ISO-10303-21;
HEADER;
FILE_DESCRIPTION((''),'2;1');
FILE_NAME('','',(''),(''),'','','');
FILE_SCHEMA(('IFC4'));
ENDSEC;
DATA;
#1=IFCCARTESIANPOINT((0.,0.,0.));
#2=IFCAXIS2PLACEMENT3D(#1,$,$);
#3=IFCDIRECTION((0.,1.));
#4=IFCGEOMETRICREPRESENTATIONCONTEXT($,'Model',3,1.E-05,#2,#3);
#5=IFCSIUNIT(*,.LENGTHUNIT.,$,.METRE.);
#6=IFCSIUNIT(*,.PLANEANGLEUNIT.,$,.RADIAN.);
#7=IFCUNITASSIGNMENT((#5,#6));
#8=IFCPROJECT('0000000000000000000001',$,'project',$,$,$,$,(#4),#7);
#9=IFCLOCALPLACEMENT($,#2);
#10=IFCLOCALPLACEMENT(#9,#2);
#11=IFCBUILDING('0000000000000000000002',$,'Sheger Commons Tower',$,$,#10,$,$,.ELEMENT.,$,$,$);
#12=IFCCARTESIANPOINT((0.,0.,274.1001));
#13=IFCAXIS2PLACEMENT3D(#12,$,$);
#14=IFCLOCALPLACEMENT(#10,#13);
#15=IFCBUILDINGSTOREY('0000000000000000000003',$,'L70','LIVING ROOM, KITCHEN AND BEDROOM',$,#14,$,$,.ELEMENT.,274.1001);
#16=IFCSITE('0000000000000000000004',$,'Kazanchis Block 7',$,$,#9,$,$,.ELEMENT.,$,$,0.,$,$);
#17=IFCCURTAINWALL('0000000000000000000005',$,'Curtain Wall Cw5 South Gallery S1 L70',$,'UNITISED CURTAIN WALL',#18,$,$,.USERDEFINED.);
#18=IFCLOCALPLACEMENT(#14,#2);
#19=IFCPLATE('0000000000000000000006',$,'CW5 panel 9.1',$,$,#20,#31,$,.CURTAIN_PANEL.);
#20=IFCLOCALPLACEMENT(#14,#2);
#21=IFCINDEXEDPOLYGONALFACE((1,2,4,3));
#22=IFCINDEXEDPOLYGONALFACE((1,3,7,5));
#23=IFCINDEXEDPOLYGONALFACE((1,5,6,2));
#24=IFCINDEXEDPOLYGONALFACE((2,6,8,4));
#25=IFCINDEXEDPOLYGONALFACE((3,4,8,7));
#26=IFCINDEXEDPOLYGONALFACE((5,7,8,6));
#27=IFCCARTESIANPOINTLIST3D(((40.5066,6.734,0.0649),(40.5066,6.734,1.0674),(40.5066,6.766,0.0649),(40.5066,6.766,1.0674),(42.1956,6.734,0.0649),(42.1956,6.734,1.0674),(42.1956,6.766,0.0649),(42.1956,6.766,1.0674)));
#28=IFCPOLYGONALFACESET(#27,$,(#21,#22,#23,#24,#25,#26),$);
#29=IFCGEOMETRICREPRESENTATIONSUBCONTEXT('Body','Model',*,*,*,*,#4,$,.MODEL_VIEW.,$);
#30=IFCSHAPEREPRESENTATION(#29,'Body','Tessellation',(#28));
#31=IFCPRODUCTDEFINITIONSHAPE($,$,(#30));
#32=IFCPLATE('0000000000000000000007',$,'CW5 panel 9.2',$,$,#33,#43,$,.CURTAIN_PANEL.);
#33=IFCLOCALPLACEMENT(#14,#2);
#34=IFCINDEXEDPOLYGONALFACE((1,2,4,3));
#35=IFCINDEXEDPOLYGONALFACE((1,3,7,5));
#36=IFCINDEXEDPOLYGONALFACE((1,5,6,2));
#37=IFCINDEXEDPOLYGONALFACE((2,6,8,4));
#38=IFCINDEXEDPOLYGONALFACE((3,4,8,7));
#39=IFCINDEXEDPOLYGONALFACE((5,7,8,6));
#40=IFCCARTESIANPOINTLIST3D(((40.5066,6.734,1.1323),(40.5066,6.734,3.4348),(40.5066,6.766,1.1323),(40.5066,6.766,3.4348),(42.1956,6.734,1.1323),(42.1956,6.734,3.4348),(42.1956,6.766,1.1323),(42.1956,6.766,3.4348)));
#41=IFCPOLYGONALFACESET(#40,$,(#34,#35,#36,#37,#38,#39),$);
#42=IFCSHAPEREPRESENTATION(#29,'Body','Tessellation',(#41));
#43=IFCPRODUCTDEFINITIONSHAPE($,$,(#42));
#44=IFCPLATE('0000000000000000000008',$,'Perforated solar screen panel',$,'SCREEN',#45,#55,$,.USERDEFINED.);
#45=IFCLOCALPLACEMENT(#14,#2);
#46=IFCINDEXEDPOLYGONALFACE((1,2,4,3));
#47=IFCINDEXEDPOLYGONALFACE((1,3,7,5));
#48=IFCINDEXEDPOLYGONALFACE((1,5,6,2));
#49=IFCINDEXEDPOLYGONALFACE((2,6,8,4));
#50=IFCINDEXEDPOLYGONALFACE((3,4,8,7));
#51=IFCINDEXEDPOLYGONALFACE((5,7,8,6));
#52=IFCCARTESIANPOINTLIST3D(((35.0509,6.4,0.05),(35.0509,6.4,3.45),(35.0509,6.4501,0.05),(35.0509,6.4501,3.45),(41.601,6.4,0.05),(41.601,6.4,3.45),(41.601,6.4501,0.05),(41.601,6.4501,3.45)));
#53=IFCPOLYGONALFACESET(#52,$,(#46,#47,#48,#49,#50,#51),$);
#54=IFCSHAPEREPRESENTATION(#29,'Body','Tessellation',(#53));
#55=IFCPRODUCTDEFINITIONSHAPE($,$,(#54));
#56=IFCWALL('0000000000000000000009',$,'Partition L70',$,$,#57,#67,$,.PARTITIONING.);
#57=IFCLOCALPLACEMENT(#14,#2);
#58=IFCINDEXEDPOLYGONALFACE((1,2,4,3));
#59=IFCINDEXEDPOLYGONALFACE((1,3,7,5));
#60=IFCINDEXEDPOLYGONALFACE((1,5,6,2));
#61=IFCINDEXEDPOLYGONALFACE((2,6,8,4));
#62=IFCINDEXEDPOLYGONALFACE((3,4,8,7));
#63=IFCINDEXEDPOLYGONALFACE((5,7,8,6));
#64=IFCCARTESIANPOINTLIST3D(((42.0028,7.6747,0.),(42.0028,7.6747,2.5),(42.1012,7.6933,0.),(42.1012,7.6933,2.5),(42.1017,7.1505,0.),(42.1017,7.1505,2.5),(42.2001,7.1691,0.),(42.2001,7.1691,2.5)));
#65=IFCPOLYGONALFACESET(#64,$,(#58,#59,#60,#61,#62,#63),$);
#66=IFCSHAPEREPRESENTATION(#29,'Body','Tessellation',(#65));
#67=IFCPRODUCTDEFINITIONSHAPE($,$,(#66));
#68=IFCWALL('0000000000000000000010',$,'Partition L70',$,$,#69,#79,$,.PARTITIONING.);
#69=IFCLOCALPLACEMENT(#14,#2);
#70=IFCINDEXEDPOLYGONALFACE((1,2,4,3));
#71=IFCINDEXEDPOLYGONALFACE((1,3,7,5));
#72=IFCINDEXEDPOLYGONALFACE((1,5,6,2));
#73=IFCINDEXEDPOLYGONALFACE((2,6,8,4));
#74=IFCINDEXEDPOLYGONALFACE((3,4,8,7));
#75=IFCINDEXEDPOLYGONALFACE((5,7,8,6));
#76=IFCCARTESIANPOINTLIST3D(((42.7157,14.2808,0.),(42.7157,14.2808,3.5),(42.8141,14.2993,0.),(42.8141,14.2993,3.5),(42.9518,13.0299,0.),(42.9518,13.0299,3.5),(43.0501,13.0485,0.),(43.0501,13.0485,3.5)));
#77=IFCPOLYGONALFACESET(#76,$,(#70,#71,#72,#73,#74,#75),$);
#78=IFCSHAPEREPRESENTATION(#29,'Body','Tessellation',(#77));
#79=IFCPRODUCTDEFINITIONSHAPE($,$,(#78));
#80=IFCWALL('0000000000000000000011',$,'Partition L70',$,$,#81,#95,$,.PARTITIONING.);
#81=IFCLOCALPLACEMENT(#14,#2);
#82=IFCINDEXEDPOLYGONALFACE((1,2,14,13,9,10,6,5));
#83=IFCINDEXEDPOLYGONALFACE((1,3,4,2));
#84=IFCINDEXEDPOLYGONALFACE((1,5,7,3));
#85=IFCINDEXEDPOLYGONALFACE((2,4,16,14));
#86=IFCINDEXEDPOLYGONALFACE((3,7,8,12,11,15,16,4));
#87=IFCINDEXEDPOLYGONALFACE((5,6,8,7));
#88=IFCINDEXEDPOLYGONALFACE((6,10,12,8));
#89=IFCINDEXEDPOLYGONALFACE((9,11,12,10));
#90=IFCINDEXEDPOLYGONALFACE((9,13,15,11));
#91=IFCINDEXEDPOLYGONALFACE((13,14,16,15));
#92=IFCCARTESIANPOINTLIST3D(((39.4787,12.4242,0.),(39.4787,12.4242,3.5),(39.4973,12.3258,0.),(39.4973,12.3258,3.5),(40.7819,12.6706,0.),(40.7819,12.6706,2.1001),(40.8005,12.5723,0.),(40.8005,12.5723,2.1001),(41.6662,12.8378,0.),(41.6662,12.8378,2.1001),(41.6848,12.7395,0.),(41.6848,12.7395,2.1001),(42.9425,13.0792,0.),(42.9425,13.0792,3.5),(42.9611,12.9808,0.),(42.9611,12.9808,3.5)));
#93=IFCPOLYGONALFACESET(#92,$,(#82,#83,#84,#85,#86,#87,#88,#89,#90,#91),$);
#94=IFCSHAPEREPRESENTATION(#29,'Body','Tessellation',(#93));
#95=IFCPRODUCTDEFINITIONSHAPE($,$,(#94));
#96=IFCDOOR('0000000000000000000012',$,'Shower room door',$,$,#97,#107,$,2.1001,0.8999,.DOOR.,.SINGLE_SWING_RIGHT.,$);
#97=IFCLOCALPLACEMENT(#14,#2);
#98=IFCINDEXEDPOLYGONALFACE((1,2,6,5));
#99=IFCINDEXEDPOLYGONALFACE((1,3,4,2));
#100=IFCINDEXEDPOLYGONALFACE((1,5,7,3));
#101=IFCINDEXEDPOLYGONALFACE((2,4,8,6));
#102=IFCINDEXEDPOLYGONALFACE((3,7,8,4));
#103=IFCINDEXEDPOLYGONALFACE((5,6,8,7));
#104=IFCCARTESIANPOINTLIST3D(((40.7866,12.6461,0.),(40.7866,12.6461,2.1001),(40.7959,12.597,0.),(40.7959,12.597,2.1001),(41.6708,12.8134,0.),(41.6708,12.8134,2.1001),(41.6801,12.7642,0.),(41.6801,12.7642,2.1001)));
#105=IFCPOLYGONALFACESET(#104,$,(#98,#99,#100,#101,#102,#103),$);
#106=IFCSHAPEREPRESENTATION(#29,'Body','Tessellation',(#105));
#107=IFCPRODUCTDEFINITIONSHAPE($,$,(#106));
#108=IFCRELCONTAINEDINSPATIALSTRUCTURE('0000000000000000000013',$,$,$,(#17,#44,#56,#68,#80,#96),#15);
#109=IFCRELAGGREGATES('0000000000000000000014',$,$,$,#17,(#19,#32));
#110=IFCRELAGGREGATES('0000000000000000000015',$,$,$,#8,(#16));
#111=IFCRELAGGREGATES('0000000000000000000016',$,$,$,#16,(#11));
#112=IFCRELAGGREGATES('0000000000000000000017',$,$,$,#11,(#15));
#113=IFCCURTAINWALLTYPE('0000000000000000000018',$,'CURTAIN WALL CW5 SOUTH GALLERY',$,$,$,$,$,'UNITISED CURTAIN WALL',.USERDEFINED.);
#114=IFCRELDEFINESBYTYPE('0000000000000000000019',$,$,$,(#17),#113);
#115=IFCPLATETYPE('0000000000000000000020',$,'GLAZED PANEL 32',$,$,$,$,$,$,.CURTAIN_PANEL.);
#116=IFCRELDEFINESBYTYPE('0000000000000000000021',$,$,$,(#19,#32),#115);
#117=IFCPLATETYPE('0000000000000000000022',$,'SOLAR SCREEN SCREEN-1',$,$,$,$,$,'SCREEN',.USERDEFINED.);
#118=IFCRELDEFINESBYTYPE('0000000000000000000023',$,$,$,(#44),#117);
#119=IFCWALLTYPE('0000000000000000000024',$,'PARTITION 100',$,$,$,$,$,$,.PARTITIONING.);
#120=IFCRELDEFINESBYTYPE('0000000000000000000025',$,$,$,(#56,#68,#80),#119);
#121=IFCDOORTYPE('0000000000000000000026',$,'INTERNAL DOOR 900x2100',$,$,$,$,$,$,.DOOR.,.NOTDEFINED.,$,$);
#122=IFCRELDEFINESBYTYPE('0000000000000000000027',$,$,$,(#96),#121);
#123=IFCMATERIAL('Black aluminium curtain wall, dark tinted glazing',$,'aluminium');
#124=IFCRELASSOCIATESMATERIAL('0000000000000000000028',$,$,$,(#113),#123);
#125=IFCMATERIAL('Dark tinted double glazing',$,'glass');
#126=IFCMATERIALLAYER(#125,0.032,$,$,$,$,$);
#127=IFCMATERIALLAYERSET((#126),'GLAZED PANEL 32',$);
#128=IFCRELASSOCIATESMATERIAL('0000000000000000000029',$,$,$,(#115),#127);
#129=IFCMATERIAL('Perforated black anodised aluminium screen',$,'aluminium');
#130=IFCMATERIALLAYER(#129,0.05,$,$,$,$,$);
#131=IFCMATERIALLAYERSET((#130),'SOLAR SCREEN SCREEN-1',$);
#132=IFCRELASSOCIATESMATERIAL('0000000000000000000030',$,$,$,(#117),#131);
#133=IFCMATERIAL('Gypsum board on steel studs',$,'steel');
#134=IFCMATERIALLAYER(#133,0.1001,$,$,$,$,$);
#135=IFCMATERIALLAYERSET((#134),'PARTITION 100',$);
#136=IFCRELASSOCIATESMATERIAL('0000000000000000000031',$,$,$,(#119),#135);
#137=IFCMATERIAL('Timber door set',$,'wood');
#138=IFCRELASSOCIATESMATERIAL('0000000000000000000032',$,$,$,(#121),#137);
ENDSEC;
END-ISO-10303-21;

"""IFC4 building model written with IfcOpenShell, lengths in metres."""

from ifc_helpers import new_model, si_unit, direction, frame, frame_2d, origin, origin_2d, place, context, subcontext, project, spatial, rectangle, extrude, material, layer, layer_set, type_object, element, fill, aggregate, save


model = new_model("IFC4")

# Units and contexts
model_context = context("Model", 3, precision=1e-05, world=origin(), true_north=direction((0.0, 1.0)))
body_context = subcontext(model_context, "Body", "Model", "MODEL_VIEW")
ifc_project = project(units=[si_unit("LENGTHUNIT", "METRE"), si_unit("PLANEANGLEUNIT", "RADIAN")], contexts=[model_context])

# Site, building, storey
site_placement = place(None, origin())
site = spatial("IfcSite", under=ifc_project, at=site_placement, Name="Kazanchis Block 7", CompositionType="ELEMENT", RefElevation=0.0)
building_placement = place(site_placement, origin())
building = spatial("IfcBuilding", under=site, at=building_placement, Name="Sheger Commons Tower", CompositionType="ELEMENT")
storey_placement = place(building_placement, frame((0.0, 0.0, 274.1001)))
storey = spatial("IfcBuildingStorey", under=building, at=storey_placement, Name="L70", Description="LIVING ROOM, KITCHEN AND BEDROOM", CompositionType="ELEMENT", Elevation=274.1001)

# Curtain wall, plates
ifc_material_1 = material(Name="Black aluminium curtain wall, dark tinted glazing", Category="aluminium")
curtain_wall_type = type_object("IfcCurtainWallType", Name="CURTAIN WALL CW5 SOUTH GALLERY", ElementType="UNITISED CURTAIN WALL", PredefinedType="USERDEFINED", material=ifc_material_1)
curtain_wall_placement = place(storey_placement, origin())
curtain_wall = element("IfcCurtainWall", 1, at=curtain_wall_placement, inside=storey, type_object=curtain_wall_type, Name="Curtain Wall Cw5 South Gallery S1 L70", ObjectType="UNITISED CURTAIN WALL", PredefinedType="USERDEFINED")
ifc_material_2 = material(Name="Dark tinted double glazing", Category="glass")
ifc_layer_1 = layer(ifc_material_2, 0.032)
ifc_layer_set_1 = layer_set([ifc_layer_1], Name="GLAZED PANEL 32")
plate_type_1 = type_object("IfcPlateType", Name="GLAZED PANEL 32", PredefinedType="CURTAIN_PANEL", material=ifc_layer_set_1)
plate_1_placement = place(storey_placement, frame((41.3511, 6.75, 0.0649), z_axis=(0.0, 0.0, 1.0), x_axis=(1.0, 0.0, 0.0)))
plate_1 = element("IfcPlate", 2, at=plate_1_placement, type_object=plate_type_1, Name="CW5 panel 9.1", PredefinedType="CURTAIN_PANEL", context=body_context, shape_type="SweptSolid", body=[
    extrude(rectangle(XDim=1.689, YDim=0.032, at=origin_2d()), origin(), (0.0, 0.0, 1.0), 1.0024),
])
plate_2_placement = place(storey_placement, frame((41.3511, 6.75, 1.1323), z_axis=(0.0, 0.0, 1.0), x_axis=(1.0, 0.0, 0.0)))
plate_2 = element("IfcPlate", 3, at=plate_2_placement, type_object=plate_type_1, Name="CW5 panel 9.2", PredefinedType="CURTAIN_PANEL", context=body_context, shape_type="SweptSolid", body=[
    extrude(rectangle(XDim=1.689, YDim=0.032, at=origin_2d()), origin(), (0.0, 0.0, 1.0), 2.3025),
])
aggregate(curtain_wall, [plate_1, plate_2])

# Plate
ifc_material_3 = material(Name="Perforated black anodised aluminium screen", Category="aluminium")
ifc_layer_2 = layer(ifc_material_3, 0.05)
ifc_layer_set_2 = layer_set([ifc_layer_2], Name="SOLAR SCREEN SCREEN-1")
plate_type_2 = type_object("IfcPlateType", Name="SOLAR SCREEN SCREEN-1", ElementType="SCREEN", PredefinedType="USERDEFINED", material=ifc_layer_set_2)
plate_3_placement = place(storey_placement, frame((38.3259, 6.425, 0.05), z_axis=(0.0, 0.0, 1.0), x_axis=(1.0, 0.0, 0.0)))
element("IfcPlate", 4, at=plate_3_placement, inside=storey, type_object=plate_type_2, Name="Perforated solar screen panel", ObjectType="SCREEN", PredefinedType="USERDEFINED", context=body_context, shape_type="SweptSolid", body=[
    extrude(rectangle(XDim=6.55, YDim=0.05, at=origin_2d()), origin(), (0.0, 0.0, 1.0), 3.3999),
])

# Walls
ifc_material_4 = material(Name="Gypsum board on steel studs", Category="steel")
ifc_layer_3 = layer(ifc_material_4, 0.1001)
ifc_layer_set_3 = layer_set([ifc_layer_3], Name="PARTITION 100")
wall_type = type_object("IfcWallType", Name="PARTITION 100", PredefinedType="PARTITIONING", material=ifc_layer_set_3)
wall_1_placement = place(storey_placement, frame((42.1509, 7.1599, 0.0), z_axis=(0.0, 0.0, 1.0), x_axis=(-0.185366, 0.98267, 0.0)))
element("IfcWall", 5, at=wall_1_placement, inside=storey, type_object=wall_type, Name="Partition L70", PredefinedType="PARTITIONING", context=body_context, shape_type="SweptSolid", body=[
    extrude(rectangle(XDim=0.5334, YDim=0.1001, at=frame_2d((0.2666, 0.0))), origin(), (0.0, 0.0, 1.0), 2.5),
])
wall_2_placement = place(storey_placement, frame((42.7649, 14.29, 0.0), z_axis=(0.0, 0.0, 1.0), x_axis=(0.185446, -0.982654, 0.0)))
element("IfcWall", 6, at=wall_2_placement, inside=storey, type_object=wall_type, Name="Partition L70", PredefinedType="PARTITIONING", context=body_context, shape_type="SweptSolid", body=[
    extrude(rectangle(XDim=1.2729, YDim=0.1001, at=frame_2d((0.6365, 0.0))), origin(), (0.0, 0.0, 1.0), 3.5),
])

# Wall, opening, door
wall_3_placement = place(storey_placement, frame((42.9519, 13.03, 0.0), z_axis=(0.0, 0.0, 1.0), x_axis=(-0.982586, -0.18581, 0.0)))
wall_3 = element("IfcWall", 7, at=wall_3_placement, inside=storey, type_object=wall_type, Name="Partition L70", PredefinedType="PARTITIONING", context=body_context, shape_type="SweptSolid", body=[
    extrude(rectangle(XDim=3.5251, YDim=0.1001, at=frame_2d((1.7627, 0.0))), origin(), (0.0, 0.0, 1.0), 3.5),
])
opening_placement = place(wall_3_placement, frame((1.2991, 0.0, 0.0)))
opening = element("IfcOpeningElement", 8, at=opening_placement, cuts=wall_3, PredefinedType="OPENING", context=body_context, shape_type="SweptSolid", body=[
    extrude(rectangle(XDim=0.8999, YDim=2.1001, at=frame_2d((0.45, 1.05))), frame((0.0, 0.0601, 0.0), z_axis=(0.0, -1.0, 0.0), x_axis=(1.0, 0.0, 0.0)), (0.0, 0.0, 1.0), 0.1201),
])
ifc_material_5 = material(Name="Timber door set", Category="wood")
door_type = type_object("IfcDoorType", Name="INTERNAL DOOR 900x2100", OperationType="NOTDEFINED", PredefinedType="DOOR", material=ifc_material_5)
door_placement = place(opening_placement, origin())
door = element("IfcDoor", 9, at=door_placement, inside=storey, type_object=door_type, Name="Shower room door", OperationType="SINGLE_SWING_RIGHT", OverallHeight=2.1001, OverallWidth=0.8999, PredefinedType="DOOR", context=body_context, shape_type="SweptSolid", body=[
    extrude(rectangle(XDim=0.8999, YDim=2.1001, at=frame_2d((0.45, 1.05))), frame((0.0, 0.0249, 0.0), z_axis=(0.0, -1.0, 0.0), x_axis=(1.0, 0.0, 0.0)), (0.0, 0.0, 1.0), 0.05),
])
fill(opening, door)

save(model, "model.ifc")
